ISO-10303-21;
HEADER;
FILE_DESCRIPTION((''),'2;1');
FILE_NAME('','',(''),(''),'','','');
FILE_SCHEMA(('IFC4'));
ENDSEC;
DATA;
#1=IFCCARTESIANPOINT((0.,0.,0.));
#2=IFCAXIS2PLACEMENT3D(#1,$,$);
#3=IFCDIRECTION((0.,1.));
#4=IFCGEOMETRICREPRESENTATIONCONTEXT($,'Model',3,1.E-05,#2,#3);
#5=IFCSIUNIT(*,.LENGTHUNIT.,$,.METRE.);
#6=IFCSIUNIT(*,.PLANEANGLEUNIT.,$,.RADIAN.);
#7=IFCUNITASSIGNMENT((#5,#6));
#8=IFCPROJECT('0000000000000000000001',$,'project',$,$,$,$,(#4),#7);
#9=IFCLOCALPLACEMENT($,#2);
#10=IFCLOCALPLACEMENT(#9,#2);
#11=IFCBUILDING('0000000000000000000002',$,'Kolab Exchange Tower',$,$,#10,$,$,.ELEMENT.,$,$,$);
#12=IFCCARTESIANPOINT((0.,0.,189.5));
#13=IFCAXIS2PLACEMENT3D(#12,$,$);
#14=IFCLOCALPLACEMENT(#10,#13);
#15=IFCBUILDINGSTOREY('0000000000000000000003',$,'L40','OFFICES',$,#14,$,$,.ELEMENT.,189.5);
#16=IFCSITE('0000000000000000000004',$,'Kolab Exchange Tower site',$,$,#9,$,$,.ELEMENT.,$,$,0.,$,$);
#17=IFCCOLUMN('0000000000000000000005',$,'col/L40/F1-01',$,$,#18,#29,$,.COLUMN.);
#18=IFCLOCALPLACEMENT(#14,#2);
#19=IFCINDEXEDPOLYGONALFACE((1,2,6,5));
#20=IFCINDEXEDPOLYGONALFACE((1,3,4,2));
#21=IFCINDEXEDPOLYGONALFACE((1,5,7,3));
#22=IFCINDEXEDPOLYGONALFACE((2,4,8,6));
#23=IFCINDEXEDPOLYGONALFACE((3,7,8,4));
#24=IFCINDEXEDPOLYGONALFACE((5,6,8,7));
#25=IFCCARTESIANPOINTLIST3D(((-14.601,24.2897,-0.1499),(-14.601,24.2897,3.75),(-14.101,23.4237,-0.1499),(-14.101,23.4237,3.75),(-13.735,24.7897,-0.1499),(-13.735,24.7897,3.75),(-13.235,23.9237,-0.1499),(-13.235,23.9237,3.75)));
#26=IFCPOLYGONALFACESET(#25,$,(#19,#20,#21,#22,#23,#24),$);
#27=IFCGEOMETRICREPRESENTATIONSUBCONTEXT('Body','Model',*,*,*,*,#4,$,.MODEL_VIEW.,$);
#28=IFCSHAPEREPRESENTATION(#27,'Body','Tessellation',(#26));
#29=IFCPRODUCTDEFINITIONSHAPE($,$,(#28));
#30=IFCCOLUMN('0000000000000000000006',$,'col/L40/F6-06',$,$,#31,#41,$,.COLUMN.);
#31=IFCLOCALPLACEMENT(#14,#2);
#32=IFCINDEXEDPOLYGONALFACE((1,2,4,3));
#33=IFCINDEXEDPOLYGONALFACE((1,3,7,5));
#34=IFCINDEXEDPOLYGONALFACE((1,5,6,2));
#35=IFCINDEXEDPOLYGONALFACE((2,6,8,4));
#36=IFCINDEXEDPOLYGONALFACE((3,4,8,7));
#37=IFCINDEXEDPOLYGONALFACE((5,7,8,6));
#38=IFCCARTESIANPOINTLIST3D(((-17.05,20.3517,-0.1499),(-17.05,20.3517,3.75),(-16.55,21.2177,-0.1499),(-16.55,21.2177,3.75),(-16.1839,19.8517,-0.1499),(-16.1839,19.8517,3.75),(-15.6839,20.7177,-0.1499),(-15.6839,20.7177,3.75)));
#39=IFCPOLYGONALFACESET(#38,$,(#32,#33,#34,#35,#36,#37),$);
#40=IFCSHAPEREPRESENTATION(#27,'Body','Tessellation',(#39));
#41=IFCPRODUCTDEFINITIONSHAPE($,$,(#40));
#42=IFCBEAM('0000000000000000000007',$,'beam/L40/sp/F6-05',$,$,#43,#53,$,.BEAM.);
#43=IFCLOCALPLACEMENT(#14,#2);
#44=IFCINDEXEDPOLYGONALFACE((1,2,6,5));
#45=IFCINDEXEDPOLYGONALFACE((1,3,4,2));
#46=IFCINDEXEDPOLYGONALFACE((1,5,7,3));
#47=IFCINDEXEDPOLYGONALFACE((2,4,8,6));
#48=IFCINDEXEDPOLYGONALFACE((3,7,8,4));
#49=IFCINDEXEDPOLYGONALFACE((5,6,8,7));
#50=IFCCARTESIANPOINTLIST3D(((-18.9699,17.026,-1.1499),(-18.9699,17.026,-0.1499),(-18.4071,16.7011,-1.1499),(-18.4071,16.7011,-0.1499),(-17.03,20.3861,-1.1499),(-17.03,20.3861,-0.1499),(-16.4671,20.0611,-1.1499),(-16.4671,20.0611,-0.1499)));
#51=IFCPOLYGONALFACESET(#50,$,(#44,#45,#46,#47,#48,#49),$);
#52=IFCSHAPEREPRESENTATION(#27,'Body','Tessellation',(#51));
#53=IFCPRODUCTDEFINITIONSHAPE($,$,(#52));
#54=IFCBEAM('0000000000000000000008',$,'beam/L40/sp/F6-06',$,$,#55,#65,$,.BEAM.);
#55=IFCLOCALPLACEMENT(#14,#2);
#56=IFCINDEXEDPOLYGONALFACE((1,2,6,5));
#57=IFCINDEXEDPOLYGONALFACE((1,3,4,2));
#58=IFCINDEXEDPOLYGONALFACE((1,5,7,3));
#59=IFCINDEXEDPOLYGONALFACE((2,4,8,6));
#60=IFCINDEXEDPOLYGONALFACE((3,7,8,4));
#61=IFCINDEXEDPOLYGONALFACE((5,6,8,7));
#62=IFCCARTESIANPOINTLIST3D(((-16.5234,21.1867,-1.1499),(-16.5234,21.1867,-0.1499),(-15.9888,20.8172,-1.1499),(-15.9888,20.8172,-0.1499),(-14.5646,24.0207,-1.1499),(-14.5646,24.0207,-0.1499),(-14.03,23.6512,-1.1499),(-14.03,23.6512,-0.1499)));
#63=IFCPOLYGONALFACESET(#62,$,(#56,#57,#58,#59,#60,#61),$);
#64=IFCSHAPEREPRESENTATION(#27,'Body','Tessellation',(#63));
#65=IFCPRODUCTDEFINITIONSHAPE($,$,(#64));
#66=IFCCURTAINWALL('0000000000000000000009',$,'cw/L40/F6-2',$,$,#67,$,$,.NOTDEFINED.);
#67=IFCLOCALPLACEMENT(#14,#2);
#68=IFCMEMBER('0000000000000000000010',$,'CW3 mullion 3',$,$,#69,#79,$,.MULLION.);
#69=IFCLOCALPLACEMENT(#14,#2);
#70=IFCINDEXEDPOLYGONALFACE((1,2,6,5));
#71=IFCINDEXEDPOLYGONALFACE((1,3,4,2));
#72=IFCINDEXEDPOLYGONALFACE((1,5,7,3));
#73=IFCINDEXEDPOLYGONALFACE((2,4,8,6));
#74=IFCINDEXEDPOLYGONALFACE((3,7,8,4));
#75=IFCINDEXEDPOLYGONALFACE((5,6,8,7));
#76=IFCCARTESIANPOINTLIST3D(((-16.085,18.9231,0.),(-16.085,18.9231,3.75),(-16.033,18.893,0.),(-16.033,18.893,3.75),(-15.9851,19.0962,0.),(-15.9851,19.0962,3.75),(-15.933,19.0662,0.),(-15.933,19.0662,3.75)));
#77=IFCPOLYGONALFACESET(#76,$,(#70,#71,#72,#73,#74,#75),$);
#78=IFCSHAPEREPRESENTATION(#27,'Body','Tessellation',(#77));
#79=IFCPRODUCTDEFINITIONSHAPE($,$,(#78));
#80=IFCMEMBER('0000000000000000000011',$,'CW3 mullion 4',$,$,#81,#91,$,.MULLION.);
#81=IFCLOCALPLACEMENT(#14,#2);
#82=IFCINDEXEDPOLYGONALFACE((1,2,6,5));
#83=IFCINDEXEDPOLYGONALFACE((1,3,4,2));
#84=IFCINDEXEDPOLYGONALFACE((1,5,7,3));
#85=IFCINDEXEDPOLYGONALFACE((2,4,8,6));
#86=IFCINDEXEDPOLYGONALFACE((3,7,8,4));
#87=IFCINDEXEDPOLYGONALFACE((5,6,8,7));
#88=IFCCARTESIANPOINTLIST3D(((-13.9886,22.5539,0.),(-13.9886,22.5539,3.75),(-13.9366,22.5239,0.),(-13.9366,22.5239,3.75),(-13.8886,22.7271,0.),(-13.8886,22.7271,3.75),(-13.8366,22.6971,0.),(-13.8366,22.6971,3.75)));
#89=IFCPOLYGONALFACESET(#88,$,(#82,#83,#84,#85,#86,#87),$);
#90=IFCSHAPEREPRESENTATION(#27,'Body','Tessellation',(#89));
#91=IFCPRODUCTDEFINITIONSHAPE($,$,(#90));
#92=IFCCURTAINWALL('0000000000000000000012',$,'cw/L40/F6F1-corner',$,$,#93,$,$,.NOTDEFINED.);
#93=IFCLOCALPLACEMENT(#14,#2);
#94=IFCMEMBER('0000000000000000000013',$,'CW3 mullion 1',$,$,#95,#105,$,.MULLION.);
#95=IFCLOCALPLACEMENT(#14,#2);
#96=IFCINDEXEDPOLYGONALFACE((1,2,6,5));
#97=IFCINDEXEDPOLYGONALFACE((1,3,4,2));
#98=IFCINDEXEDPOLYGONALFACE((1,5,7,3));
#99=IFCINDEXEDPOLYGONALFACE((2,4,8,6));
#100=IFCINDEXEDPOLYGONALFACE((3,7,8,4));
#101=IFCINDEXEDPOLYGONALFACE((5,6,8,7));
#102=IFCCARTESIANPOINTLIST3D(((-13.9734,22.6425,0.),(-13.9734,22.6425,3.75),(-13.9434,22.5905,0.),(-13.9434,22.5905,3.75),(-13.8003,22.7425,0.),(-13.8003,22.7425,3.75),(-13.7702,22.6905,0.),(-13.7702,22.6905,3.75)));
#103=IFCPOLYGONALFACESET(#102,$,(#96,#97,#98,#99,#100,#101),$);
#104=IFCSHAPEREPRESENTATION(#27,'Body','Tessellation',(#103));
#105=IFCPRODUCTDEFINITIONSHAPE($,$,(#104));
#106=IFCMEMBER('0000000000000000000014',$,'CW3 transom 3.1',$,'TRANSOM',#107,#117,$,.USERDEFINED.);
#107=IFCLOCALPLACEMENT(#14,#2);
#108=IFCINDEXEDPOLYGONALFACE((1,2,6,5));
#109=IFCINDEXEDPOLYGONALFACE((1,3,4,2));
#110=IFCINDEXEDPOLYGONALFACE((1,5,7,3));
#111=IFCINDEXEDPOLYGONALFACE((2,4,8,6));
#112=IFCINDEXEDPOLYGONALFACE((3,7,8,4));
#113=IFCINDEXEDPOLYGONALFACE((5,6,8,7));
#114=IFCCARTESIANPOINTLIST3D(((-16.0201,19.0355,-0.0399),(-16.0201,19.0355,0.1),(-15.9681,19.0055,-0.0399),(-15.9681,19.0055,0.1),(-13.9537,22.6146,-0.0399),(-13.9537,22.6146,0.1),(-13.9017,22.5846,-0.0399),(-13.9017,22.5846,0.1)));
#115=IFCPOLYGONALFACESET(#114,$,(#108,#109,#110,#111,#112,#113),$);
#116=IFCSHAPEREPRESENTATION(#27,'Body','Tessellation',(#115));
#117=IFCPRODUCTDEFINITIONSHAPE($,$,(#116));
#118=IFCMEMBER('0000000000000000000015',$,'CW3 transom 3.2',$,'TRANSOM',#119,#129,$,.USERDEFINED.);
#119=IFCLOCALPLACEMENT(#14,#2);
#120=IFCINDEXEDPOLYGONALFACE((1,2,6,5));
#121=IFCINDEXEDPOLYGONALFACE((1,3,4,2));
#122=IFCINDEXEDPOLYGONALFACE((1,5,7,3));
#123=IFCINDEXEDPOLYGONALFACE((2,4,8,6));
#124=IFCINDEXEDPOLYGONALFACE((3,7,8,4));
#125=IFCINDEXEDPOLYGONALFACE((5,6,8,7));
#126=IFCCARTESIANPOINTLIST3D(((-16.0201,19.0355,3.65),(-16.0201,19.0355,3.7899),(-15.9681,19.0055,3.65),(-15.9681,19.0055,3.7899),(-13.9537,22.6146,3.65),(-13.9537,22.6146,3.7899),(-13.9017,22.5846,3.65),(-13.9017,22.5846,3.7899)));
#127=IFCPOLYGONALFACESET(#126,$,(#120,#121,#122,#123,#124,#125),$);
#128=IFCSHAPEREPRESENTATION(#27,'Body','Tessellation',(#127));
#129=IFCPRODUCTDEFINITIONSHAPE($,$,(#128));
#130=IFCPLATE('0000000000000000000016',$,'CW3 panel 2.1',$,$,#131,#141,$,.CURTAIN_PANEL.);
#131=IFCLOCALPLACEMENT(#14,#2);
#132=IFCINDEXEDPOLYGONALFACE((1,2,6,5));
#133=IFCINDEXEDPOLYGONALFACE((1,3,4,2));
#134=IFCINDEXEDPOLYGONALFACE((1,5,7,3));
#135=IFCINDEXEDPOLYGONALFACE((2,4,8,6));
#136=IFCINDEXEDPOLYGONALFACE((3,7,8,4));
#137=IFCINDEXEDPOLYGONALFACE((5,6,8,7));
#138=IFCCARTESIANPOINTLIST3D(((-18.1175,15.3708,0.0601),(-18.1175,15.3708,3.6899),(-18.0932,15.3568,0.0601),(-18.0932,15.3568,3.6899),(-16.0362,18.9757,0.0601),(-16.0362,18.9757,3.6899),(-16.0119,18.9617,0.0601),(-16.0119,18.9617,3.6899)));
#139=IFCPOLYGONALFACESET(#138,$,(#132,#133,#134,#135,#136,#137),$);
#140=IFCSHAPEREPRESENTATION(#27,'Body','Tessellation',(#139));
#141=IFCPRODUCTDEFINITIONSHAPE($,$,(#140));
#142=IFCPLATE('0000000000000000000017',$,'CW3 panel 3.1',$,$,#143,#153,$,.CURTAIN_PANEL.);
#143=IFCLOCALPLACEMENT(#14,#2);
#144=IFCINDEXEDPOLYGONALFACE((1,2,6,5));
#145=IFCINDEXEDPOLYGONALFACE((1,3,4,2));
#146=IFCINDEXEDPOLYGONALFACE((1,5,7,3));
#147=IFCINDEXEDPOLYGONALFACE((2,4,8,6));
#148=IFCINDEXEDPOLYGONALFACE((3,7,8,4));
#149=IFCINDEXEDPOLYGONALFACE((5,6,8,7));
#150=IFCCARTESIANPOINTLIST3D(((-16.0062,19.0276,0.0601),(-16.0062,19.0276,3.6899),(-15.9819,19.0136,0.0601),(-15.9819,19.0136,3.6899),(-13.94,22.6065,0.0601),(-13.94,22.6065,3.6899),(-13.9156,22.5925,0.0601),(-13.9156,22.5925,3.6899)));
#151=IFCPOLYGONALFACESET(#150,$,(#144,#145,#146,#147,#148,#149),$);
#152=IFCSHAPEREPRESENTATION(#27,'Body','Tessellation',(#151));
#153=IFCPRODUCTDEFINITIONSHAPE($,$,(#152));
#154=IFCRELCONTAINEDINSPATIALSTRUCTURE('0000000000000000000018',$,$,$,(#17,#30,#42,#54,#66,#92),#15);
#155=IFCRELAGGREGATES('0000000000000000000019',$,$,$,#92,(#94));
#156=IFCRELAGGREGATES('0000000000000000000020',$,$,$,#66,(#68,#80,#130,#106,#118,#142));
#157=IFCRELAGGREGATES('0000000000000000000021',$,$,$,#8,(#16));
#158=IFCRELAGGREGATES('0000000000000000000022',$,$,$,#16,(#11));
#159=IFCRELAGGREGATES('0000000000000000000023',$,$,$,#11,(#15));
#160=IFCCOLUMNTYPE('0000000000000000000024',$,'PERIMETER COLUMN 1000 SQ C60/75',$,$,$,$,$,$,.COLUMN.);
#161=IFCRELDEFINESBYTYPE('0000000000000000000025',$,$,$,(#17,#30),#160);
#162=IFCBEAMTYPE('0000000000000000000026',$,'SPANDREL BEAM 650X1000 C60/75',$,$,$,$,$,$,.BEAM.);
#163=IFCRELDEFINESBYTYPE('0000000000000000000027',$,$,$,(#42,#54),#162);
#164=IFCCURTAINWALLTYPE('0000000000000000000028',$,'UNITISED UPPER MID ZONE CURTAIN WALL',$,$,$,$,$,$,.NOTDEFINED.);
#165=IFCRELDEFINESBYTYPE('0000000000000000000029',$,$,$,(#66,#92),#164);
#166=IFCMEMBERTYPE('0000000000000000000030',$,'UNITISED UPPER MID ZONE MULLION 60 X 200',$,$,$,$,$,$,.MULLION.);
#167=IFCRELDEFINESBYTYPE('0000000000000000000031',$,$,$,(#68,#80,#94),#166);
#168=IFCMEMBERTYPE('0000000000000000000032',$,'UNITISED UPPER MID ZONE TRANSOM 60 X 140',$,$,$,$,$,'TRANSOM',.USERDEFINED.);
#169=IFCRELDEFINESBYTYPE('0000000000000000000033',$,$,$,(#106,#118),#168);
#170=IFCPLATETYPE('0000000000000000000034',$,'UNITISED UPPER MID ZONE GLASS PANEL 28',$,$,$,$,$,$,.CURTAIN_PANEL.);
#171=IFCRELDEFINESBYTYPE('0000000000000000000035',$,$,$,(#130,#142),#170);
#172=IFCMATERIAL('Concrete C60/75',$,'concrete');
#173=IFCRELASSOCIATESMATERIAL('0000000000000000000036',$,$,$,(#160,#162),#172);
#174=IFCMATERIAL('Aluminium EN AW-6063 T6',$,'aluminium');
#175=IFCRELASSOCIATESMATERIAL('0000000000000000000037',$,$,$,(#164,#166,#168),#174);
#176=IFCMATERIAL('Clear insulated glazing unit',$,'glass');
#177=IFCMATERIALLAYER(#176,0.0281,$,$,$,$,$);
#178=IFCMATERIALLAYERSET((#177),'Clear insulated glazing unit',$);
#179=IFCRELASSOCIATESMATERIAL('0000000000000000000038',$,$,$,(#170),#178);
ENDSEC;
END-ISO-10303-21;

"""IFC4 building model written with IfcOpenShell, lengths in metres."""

from ifc_helpers import new_model, si_unit, direction, frame, origin, origin_2d, place, context, subcontext, project, spatial, rectangle, extrude, material, layer, layer_set, material_profile, profile_set, type_object, element, aggregate, save


model = new_model("IFC4")

# Units and contexts
model_context = context("Model", 3, precision=1e-05, world=origin(), true_north=direction((0.0, 1.0)))
body_context = subcontext(model_context, "Body", "Model", "MODEL_VIEW")
ifc_project = project(units=[si_unit("LENGTHUNIT", "METRE"), si_unit("PLANEANGLEUNIT", "RADIAN")], contexts=[model_context])

# Site, building, storey
site_placement = place(None, origin())
site = spatial("IfcSite", under=ifc_project, at=site_placement, Name="Kolab Exchange Tower site", CompositionType="ELEMENT", RefElevation=0.0)
building_placement = place(site_placement, origin())
building = spatial("IfcBuilding", under=site, at=building_placement, Name="Kolab Exchange Tower", CompositionType="ELEMENT")
storey_placement = place(building_placement, frame((0.0, 0.0, 189.5)))
storey = spatial("IfcBuildingStorey", under=building, at=storey_placement, Name="L40", Description="OFFICES", CompositionType="ELEMENT", Elevation=189.5)

# Columns
ifc_material_1 = material(Name="Concrete C60/75", Category="concrete")
ifc_material_profile_1 = material_profile(ifc_material_1, rectangle(XDim=1.0, YDim=1.0, at=origin_2d()), Name="RC1000")
ifc_profile_set_1 = profile_set([ifc_material_profile_1], Name="Concrete C60/75")
column_type = type_object("IfcColumnType", Name="PERIMETER COLUMN 1000 SQ C60/75", PredefinedType="COLUMN", material=ifc_profile_set_1)
for number, where, z_axis, x_axis, name in (
    (1, (-13.918, 24.1067, -0.1499), (0.0, 0.0, 1.0), (0.866025, 0.5, 0.0), "col/L40/F1-01"),
    (2, (-16.3669, 20.5347, -0.1499), (0.0, 0.0, 1.0), (0.5, 0.866025, 0.0), "col/L40/F6-06"),
):
    element("IfcColumn", number, at=place(storey_placement, frame(where, z_axis=z_axis, x_axis=x_axis)), inside=storey, type_object=column_type, Name=name, PredefinedType="COLUMN", context=body_context, shape_type="SweptSolid", body=[
        extrude(rectangle(XDim=1.0, YDim=1.0, at=origin_2d()), origin(), (0.0, 0.0, 1.0), 3.8999),
    ])

# Beams
ifc_material_profile_2 = material_profile(ifc_material_1, rectangle(XDim=0.6499, YDim=1.0, at=origin_2d()), Name="RC650X1000")
ifc_profile_set_2 = profile_set([ifc_material_profile_2], Name="Concrete C60/75")
beam_type = type_object("IfcBeamType", Name="SPANDREL BEAM 650X1000 C60/75", PredefinedType="BEAM", material=ifc_profile_set_2)
beam_1_placement = place(storey_placement, frame((-18.6885, 16.8635, -0.6499), z_axis=(0.499997, 0.866027, 0.0), x_axis=(-0.866027, 0.499997, 0.0)))
element("IfcBeam", 3, at=beam_1_placement, inside=storey, type_object=beam_type, Name="beam/L40/sp/F6-05", PredefinedType="BEAM", context=body_context, shape_type="SweptSolid", body=[
    extrude(rectangle(XDim=0.6499, YDim=1.0, at=origin_2d()), origin(), (0.0, 0.0, 1.0), 3.8799),
])
beam_2_placement = place(storey_placement, frame((-16.2561, 21.002, -0.6499), z_axis=(0.568572, 0.822633, 0.0), x_axis=(-0.822633, 0.568572, 0.0)))
element("IfcBeam", 4, at=beam_2_placement, inside=storey, type_object=beam_type, Name="beam/L40/sp/F6-06", PredefinedType="BEAM", context=body_context, shape_type="SweptSolid", body=[
    extrude(rectangle(XDim=0.6499, YDim=1.0, at=origin_2d()), origin(), (0.0, 0.0, 1.0), 3.4451),
])

# Curtain wall, members
ifc_material_2 = material(Name="Aluminium EN AW-6063 T6", Category="aluminium")
curtain_wall_type = type_object("IfcCurtainWallType", Name="UNITISED UPPER MID ZONE CURTAIN WALL", PredefinedType="NOTDEFINED", material=ifc_material_2)
curtain_wall_1_placement = place(storey_placement, origin())
curtain_wall_1 = element("IfcCurtainWall", 5, at=curtain_wall_1_placement, inside=storey, type_object=curtain_wall_type, Name="cw/L40/F6-2", PredefinedType="NOTDEFINED")
ifc_material_profile_3 = material_profile(ifc_material_2, rectangle(XDim=0.0601, YDim=0.2, at=origin_2d()), Name="RECT 60X200")
ifc_profile_set_3 = profile_set([ifc_material_profile_3], Name="Aluminium EN AW-6063 T6")
member_type_1 = type_object("IfcMemberType", Name="UNITISED UPPER MID ZONE MULLION 60 X 200", PredefinedType="MULLION", material=ifc_profile_set_3)
member_1_placement = place(storey_placement, frame((-16.009, 18.9946, 0.0), z_axis=(0.0, 0.0, 1.0), x_axis=(-0.866025, 0.5, 0.0)))
member_1 = element("IfcMember", 6, at=member_1_placement, type_object=member_type_1, Name="CW3 mullion 3", PredefinedType="MULLION", context=body_context, shape_type="SweptSolid", body=[
    extrude(rectangle(XDim=0.0601, YDim=0.2, at=origin_2d()), origin(), (0.0, 0.0, 1.0), 3.75),
])
member_2_placement = place(storey_placement, frame((-13.9126, 22.6255, 0.0), z_axis=(0.0, 0.0, 1.0), x_axis=(-0.866025, 0.5, 0.0)))
member_2 = element("IfcMember", 7, at=member_2_placement, type_object=member_type_1, Name="CW3 mullion 4", PredefinedType="MULLION", context=body_context, shape_type="SweptSolid", body=[
    extrude(rectangle(XDim=0.0601, YDim=0.2, at=origin_2d()), origin(), (0.0, 0.0, 1.0), 3.75),
])

# Curtain wall, member
curtain_wall_2_placement = place(storey_placement, origin())
curtain_wall_2 = element("IfcCurtainWall", 8, at=curtain_wall_2_placement, inside=storey, type_object=curtain_wall_type, Name="cw/L40/F6F1-corner", PredefinedType="NOTDEFINED")
member_3_placement = place(storey_placement, frame((-13.8718, 22.6665, 0.0), z_axis=(0.0, 0.0, 1.0), x_axis=(-0.5, 0.866025, 0.0)))
member_3 = element("IfcMember", 9, at=member_3_placement, type_object=member_type_1, Name="CW3 mullion 1", PredefinedType="MULLION", context=body_context, shape_type="SweptSolid", body=[
    extrude(rectangle(XDim=0.0601, YDim=0.2, at=origin_2d()), origin(), (0.0, 0.0, 1.0), 3.75),
])
aggregate(curtain_wall_2, [member_3])

# Members
ifc_material_profile_4 = material_profile(ifc_material_2, rectangle(XDim=0.0601, YDim=0.1399, at=origin_2d()), Name="RECT 60X140")
ifc_profile_set_4 = profile_set([ifc_material_profile_4], Name="Aluminium EN AW-6063 T6")
member_type_2 = type_object("IfcMemberType", Name="UNITISED UPPER MID ZONE TRANSOM 60 X 140", ElementType="TRANSOM", PredefinedType="USERDEFINED", material=ifc_profile_set_4)
member_4_placement = place(storey_placement, frame((-15.9941, 19.0205, 0.03), z_axis=(0.500002, 0.866024, 0.0), x_axis=(-0.866024, 0.500002, 0.0)))
member_4 = element("IfcMember", 10, at=member_4_placement, type_object=member_type_2, Name="CW3 transom 3.1", ObjectType="TRANSOM", PredefinedType="USERDEFINED", context=body_context, shape_type="SweptSolid", body=[
    extrude(rectangle(XDim=0.0601, YDim=0.1399, at=origin_2d()), origin(), (0.0, 0.0, 1.0), 4.1328),
])
member_5_placement = place(storey_placement, frame((-15.9941, 19.0205, 3.72), z_axis=(0.500002, 0.866024, 0.0), x_axis=(-0.866024, 0.500002, 0.0)))
member_5 = element("IfcMember", 11, at=member_5_placement, type_object=member_type_2, Name="CW3 transom 3.2", ObjectType="TRANSOM", PredefinedType="USERDEFINED", context=body_context, shape_type="SweptSolid", body=[
    extrude(rectangle(XDim=0.0601, YDim=0.1399, at=origin_2d()), origin(), (0.0, 0.0, 1.0), 4.1328),
])

# Plates
ifc_material_3 = material(Name="Clear insulated glazing unit", Category="glass")
ifc_layer_1 = layer(ifc_material_3, 0.0281)
ifc_layer_set_1 = layer_set([ifc_layer_1], Name="Clear insulated glazing unit")
plate_type = type_object("IfcPlateType", Name="UNITISED UPPER MID ZONE GLASS PANEL 28", PredefinedType="CURTAIN_PANEL", material=ifc_layer_set_1)
plate_1_placement = place(storey_placement, frame((-17.0647, 17.1663, 0.0601), z_axis=(0.0, 0.0, 1.0), x_axis=(0.5, 0.866025, 0.0)))
plate_1 = element("IfcPlate", 12, at=plate_1_placement, type_object=plate_type, Name="CW3 panel 2.1", PredefinedType="CURTAIN_PANEL", context=body_context, shape_type="SweptSolid", body=[
    extrude(rectangle(XDim=4.1626, YDim=0.0281, at=origin_2d()), origin(), (0.0, 0.0, 1.0), 3.6299),
])
plate_2_placement = place(storey_placement, frame((-14.9609, 20.8101, 0.0601), z_axis=(0.0, 0.0, 1.0), x_axis=(0.5, 0.866025, 0.0)))
plate_2 = element("IfcPlate", 13, at=plate_2_placement, type_object=plate_type, Name="CW3 panel 3.1", PredefinedType="CURTAIN_PANEL", context=body_context, shape_type="SweptSolid", body=[
    extrude(rectangle(XDim=4.1326, YDim=0.0281, at=origin_2d()), origin(), (0.0, 0.0, 1.0), 3.6299),
])
aggregate(curtain_wall_1, [member_1, member_2, plate_1, member_4, member_5, plate_2])

save(model, "model.ifc")
